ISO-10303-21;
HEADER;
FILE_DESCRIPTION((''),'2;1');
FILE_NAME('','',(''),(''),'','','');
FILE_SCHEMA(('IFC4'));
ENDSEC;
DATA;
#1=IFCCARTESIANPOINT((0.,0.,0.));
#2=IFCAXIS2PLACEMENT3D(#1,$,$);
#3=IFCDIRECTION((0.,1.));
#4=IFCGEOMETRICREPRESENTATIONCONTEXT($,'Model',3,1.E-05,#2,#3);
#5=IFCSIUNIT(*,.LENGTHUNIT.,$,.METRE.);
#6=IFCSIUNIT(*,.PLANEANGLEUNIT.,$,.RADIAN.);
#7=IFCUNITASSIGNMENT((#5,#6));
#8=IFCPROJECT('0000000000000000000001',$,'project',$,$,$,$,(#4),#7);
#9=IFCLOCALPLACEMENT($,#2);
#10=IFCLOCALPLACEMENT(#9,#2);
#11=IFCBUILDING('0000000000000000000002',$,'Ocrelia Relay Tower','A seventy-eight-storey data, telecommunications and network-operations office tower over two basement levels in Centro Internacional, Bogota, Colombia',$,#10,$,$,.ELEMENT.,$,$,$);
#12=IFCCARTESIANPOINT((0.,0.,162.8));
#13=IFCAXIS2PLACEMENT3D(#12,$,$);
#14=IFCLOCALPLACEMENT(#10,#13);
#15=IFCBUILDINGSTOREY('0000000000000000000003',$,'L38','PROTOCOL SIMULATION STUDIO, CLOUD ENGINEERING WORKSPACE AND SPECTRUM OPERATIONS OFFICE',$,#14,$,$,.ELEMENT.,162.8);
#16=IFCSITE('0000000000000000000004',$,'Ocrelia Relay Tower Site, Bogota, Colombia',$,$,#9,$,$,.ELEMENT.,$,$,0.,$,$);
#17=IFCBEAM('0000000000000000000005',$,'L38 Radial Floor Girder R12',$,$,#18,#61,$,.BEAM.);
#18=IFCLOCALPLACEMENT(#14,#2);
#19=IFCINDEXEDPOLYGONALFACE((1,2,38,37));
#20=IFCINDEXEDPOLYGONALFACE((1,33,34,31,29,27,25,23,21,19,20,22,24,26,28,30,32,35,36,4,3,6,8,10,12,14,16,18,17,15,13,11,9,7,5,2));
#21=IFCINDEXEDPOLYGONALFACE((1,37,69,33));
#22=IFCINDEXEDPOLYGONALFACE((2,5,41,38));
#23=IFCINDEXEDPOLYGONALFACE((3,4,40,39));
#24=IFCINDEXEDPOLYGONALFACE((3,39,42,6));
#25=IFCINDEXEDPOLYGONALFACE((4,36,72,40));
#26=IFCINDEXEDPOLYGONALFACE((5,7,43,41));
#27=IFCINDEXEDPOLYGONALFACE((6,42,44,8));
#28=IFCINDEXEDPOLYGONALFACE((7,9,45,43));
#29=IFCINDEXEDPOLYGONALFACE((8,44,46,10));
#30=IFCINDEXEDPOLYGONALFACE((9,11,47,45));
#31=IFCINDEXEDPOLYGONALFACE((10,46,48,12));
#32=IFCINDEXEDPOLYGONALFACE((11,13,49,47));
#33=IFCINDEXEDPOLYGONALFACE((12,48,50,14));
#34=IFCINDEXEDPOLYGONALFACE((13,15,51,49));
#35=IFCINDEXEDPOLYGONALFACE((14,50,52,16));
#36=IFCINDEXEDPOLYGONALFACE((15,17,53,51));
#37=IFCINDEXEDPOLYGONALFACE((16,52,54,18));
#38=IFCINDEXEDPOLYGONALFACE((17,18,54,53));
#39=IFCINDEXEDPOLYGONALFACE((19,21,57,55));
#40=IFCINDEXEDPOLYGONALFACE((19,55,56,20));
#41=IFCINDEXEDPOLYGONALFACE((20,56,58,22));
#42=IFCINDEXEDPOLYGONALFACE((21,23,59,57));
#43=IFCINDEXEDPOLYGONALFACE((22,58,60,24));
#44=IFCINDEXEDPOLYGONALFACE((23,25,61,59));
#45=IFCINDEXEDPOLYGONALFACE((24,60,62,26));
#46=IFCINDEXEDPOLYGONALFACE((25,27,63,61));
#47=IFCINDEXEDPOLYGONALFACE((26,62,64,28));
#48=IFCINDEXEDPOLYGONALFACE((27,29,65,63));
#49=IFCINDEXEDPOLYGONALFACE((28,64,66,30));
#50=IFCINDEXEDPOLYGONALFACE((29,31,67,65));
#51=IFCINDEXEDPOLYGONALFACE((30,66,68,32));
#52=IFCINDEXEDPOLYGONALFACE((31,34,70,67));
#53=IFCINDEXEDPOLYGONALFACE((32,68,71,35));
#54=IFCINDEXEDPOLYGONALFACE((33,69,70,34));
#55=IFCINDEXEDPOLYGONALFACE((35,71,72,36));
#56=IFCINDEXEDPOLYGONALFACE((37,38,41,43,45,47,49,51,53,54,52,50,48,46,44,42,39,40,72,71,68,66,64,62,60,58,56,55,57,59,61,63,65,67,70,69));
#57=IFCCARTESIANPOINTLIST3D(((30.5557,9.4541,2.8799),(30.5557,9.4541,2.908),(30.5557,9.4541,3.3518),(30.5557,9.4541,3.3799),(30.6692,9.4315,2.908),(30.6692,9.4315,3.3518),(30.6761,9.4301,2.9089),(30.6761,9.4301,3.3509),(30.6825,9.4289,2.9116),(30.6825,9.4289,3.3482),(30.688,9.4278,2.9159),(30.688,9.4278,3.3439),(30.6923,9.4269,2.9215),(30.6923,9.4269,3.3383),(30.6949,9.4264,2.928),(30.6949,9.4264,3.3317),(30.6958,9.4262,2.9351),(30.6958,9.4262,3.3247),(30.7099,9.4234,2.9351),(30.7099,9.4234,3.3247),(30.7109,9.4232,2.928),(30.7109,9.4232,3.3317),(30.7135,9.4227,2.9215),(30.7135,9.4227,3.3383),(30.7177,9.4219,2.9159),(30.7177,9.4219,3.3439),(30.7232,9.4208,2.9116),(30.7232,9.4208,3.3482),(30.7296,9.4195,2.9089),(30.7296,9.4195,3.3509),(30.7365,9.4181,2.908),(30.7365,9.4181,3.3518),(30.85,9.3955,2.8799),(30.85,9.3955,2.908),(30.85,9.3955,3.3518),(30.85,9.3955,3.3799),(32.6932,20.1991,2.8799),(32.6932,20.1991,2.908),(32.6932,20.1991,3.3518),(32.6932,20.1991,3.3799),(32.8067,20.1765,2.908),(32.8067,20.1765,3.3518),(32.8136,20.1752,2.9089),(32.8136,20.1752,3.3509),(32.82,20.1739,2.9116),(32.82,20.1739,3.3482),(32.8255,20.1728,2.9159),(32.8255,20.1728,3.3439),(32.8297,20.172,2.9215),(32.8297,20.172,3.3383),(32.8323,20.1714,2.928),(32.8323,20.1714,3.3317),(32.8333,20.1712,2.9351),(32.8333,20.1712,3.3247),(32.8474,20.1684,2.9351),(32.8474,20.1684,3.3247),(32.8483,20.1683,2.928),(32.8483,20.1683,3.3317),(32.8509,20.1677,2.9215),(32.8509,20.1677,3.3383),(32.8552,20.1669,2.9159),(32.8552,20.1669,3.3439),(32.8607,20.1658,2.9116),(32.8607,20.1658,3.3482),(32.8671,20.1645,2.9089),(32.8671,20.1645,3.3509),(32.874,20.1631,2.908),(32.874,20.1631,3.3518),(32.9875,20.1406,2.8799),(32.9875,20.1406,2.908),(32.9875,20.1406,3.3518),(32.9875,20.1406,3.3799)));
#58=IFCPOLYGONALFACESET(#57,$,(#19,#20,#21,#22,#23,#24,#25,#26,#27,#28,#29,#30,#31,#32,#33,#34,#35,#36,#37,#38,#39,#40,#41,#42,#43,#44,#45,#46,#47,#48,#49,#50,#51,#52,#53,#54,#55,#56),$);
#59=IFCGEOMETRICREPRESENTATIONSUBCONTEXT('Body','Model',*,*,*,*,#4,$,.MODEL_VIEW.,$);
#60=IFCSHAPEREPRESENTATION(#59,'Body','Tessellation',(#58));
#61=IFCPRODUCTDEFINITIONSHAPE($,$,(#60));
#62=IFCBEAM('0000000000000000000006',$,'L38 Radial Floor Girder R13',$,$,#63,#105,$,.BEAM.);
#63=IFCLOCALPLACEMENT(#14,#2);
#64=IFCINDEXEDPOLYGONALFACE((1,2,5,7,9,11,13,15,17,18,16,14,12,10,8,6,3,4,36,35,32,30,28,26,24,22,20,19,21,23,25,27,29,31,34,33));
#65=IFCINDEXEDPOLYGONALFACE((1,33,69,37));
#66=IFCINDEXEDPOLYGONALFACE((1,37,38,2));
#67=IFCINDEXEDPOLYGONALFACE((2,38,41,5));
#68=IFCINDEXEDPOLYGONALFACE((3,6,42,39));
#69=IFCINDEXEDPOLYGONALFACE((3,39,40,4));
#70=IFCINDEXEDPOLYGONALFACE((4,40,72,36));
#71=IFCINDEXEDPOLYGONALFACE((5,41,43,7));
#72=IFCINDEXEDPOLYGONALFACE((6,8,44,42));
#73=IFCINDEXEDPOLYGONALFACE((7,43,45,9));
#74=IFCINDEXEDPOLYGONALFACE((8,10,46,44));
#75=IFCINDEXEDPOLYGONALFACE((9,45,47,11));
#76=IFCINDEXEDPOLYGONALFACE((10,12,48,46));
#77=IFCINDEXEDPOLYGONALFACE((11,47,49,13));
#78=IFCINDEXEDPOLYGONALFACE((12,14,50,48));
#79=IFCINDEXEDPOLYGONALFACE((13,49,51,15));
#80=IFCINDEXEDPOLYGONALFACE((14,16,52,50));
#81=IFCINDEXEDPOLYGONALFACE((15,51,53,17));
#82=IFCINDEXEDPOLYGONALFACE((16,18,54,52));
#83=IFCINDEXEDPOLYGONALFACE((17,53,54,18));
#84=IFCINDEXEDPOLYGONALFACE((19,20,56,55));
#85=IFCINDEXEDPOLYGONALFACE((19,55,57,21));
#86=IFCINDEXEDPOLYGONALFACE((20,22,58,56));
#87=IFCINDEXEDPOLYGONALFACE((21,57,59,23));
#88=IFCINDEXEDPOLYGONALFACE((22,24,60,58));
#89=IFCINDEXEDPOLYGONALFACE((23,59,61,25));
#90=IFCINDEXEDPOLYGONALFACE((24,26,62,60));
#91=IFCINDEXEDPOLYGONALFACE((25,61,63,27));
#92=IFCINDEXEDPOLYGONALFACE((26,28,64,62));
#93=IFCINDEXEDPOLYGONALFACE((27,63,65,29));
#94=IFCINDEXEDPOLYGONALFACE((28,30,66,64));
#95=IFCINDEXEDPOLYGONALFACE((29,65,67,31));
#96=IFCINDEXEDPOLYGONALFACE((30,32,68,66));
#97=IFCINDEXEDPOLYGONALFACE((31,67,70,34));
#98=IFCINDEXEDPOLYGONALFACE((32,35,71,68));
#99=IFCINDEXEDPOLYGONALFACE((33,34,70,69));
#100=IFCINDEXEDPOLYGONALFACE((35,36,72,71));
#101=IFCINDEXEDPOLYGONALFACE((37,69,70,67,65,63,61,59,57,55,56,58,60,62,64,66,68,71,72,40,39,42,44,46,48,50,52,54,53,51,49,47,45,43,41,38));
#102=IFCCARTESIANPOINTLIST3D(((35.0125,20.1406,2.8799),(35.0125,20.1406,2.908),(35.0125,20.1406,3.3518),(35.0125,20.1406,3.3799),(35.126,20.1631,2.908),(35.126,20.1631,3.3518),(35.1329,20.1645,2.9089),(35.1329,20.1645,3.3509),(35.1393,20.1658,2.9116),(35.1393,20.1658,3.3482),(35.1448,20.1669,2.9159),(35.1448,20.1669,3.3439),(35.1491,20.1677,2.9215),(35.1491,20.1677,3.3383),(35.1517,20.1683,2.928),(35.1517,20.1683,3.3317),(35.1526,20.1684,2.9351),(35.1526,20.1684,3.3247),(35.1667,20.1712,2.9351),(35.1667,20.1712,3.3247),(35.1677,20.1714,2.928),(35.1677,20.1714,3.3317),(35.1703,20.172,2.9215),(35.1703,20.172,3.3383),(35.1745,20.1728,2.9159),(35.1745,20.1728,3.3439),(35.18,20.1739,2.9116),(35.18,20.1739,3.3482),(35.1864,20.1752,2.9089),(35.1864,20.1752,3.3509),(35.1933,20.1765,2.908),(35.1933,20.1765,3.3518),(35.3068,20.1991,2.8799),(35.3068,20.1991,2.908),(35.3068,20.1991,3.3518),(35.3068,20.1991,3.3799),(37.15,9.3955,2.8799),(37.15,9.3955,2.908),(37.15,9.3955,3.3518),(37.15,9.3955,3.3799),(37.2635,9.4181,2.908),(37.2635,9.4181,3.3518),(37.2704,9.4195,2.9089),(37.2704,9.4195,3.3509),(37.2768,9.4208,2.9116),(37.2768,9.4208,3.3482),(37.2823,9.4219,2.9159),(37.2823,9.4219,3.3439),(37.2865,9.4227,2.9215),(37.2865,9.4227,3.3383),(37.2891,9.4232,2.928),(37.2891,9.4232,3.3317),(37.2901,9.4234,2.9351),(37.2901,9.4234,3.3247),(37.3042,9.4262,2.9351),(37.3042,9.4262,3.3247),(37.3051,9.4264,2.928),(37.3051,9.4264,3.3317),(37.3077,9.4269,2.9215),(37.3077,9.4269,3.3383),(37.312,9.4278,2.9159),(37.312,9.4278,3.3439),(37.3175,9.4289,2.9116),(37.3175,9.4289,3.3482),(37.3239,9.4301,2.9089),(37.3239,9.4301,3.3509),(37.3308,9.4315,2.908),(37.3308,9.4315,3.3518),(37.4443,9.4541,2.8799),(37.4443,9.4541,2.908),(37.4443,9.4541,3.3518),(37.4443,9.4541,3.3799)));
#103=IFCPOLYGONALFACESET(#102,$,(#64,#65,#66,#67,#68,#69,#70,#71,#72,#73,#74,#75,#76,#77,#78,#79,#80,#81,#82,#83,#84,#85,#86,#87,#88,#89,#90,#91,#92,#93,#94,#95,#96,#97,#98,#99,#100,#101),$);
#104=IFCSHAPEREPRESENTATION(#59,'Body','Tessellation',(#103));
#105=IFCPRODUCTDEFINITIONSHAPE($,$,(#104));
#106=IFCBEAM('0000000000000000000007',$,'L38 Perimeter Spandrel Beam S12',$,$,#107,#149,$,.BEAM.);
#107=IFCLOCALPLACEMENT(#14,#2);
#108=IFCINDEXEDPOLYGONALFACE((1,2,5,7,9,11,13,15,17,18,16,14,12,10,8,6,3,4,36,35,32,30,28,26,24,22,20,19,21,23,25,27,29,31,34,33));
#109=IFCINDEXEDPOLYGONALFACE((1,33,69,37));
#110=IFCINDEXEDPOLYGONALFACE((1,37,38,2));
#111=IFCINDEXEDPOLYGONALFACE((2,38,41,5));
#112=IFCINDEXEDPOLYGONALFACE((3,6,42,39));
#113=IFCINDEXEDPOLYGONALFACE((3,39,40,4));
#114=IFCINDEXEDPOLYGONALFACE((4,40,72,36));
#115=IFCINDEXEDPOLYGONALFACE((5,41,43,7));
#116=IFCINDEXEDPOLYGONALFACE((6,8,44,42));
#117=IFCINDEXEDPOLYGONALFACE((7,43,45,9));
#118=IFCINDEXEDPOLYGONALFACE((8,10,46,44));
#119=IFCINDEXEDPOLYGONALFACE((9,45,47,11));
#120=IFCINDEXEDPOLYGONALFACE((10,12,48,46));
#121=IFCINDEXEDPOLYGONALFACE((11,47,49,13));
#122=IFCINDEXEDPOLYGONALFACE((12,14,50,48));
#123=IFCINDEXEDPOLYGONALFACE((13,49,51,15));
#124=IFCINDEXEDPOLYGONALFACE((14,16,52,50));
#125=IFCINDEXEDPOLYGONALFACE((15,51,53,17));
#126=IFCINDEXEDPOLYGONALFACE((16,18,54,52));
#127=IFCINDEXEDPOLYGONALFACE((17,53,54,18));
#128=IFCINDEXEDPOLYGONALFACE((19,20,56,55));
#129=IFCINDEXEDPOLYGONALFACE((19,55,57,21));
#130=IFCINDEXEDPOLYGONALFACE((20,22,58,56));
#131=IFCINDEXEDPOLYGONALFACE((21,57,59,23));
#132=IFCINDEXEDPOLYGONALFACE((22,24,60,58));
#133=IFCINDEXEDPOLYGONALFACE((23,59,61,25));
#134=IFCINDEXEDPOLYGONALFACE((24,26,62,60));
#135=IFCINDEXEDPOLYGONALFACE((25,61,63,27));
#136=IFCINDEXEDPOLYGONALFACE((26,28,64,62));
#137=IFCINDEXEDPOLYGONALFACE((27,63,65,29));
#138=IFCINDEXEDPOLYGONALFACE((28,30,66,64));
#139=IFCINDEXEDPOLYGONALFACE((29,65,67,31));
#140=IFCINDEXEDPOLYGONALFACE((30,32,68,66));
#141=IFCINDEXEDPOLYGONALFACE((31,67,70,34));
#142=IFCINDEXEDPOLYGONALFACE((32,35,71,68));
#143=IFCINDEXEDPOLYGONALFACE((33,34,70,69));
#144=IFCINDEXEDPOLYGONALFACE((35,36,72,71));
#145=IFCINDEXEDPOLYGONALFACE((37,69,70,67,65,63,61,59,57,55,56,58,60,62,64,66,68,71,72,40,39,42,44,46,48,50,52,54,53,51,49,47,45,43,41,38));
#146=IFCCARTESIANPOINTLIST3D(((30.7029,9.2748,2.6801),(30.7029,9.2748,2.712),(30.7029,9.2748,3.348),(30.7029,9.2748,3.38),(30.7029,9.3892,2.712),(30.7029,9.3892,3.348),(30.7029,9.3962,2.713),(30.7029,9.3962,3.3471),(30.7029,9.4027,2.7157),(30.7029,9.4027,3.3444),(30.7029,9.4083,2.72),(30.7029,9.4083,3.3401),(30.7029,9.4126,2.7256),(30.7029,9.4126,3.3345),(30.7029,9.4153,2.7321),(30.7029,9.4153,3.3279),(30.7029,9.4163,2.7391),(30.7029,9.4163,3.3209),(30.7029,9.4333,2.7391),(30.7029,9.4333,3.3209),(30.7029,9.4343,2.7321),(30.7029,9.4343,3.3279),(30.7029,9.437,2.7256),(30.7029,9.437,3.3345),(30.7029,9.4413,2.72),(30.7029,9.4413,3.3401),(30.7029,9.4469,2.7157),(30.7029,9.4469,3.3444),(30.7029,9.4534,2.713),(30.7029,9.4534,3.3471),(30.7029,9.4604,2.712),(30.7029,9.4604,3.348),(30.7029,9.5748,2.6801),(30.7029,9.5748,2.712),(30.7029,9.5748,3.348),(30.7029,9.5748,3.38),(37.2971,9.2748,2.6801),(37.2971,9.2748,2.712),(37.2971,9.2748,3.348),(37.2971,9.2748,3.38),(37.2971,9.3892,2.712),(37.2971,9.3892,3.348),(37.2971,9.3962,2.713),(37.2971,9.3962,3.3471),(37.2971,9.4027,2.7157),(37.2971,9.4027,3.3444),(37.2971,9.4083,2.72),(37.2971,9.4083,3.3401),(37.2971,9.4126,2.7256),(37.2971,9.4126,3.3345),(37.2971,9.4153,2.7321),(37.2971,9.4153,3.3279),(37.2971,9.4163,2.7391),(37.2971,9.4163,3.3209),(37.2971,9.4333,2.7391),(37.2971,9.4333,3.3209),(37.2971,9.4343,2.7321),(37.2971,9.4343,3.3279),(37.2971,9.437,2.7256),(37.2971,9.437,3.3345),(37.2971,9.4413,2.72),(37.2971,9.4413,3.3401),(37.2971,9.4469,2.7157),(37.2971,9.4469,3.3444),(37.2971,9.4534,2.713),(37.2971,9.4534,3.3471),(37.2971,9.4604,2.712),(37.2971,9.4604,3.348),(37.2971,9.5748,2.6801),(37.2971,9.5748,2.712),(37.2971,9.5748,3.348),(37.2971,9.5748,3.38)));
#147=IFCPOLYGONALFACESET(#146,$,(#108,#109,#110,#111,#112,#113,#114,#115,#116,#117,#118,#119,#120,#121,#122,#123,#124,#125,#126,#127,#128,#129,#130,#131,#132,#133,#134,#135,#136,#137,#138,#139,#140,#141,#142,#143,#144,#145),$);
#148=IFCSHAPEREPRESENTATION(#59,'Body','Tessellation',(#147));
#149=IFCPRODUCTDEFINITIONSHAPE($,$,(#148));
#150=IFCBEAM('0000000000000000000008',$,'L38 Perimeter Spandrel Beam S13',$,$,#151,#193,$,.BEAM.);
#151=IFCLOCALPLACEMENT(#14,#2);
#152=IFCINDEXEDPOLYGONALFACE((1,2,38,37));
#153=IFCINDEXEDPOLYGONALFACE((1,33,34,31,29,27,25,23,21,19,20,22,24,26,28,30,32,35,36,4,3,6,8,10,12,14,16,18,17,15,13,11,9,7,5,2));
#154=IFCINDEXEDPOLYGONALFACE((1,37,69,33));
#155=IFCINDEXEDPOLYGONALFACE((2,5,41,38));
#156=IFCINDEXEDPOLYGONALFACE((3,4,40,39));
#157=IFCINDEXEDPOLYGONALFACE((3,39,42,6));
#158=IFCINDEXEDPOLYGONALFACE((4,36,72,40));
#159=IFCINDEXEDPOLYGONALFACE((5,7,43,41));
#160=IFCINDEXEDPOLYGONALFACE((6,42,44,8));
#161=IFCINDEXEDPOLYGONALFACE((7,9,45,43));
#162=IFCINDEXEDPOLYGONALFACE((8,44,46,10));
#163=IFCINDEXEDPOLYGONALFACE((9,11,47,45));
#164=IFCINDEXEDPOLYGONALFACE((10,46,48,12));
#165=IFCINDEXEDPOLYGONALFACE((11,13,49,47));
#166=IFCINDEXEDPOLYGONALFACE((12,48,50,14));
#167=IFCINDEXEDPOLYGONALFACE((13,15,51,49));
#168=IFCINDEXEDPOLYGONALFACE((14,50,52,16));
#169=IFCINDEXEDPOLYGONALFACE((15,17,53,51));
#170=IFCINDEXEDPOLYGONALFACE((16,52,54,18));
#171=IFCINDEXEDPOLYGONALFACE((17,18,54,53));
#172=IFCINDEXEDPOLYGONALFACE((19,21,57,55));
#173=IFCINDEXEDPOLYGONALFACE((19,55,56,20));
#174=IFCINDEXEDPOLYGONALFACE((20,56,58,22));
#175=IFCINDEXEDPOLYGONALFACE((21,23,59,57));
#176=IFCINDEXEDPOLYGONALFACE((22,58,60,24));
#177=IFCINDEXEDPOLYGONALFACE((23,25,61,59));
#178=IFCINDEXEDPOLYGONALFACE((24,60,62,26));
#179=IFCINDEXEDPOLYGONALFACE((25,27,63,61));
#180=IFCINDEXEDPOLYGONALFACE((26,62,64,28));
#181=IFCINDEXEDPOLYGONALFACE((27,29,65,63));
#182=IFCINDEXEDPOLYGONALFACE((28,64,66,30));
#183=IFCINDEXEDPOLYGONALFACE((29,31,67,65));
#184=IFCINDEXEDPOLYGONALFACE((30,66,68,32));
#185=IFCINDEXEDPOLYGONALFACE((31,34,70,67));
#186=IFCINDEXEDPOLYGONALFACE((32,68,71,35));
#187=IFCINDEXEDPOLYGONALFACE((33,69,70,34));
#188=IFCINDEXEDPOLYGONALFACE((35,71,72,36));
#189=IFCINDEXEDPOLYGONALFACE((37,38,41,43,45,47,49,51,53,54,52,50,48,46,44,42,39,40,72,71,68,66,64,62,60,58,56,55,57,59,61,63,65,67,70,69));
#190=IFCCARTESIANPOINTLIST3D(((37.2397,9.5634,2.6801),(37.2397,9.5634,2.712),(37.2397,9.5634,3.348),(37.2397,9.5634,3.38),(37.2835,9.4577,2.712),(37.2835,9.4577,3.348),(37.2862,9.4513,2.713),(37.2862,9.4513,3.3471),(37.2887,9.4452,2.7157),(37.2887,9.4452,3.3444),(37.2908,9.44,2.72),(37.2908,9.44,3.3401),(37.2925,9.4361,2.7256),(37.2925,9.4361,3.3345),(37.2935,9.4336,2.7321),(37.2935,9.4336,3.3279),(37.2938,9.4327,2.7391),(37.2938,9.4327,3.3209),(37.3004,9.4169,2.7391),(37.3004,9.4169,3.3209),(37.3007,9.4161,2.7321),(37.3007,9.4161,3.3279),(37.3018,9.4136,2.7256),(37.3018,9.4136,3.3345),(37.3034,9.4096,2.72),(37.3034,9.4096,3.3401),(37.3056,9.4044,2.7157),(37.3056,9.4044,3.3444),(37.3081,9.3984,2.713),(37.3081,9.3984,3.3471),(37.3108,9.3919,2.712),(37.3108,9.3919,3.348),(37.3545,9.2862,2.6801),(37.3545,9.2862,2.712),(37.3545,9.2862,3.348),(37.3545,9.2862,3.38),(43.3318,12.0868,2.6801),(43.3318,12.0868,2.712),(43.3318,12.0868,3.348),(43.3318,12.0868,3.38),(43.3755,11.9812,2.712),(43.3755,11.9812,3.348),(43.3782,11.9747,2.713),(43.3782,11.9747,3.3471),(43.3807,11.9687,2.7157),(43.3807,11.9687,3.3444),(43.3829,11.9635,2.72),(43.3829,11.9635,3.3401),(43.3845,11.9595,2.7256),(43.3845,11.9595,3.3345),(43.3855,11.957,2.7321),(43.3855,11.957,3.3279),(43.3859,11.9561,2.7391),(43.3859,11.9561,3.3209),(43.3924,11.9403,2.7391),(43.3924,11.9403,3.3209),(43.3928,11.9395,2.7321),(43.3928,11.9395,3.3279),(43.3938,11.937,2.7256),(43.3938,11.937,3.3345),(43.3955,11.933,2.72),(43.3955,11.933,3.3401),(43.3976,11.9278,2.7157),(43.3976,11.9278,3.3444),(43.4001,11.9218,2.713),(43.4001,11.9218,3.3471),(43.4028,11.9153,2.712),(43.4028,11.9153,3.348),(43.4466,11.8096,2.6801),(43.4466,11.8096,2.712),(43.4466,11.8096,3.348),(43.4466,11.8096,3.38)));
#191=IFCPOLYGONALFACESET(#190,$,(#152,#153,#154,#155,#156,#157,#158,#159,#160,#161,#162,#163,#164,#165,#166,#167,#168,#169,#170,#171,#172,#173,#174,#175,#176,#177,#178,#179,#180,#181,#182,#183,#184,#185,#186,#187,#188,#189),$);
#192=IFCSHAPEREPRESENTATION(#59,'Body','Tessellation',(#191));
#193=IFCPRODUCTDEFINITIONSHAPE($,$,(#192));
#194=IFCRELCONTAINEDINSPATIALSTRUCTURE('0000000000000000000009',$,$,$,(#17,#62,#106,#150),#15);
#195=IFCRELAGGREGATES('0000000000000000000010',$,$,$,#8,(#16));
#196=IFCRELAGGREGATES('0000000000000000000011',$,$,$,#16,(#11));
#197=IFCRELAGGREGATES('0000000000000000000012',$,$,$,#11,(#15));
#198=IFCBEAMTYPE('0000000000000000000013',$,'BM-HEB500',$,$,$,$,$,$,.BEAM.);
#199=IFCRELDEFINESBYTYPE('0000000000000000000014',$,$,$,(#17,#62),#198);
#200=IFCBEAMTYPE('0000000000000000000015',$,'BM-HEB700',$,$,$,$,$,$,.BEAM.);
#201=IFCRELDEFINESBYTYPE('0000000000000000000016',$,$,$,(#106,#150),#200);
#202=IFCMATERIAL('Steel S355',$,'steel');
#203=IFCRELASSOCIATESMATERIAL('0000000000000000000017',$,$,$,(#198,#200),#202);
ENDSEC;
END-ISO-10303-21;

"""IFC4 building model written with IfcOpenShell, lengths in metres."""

from ifc_helpers import new_model, si_unit, direction, frame, origin, origin_2d, place, context, subcontext, project, spatial, i_section, extrude, material, material_profile, profile_set, type_object, element, save


model = new_model("IFC4")

# Units and contexts
model_context = context("Model", 3, precision=1e-05, world=origin(), true_north=direction((0.0, 1.0)))
body_context = subcontext(model_context, "Body", "Model", "MODEL_VIEW")
ifc_project = project(units=[si_unit("LENGTHUNIT", "METRE"), si_unit("PLANEANGLEUNIT", "RADIAN")], contexts=[model_context])

# Site, building, storey
site_placement = place(None, origin())
site = spatial("IfcSite", under=ifc_project, at=site_placement, Name="Ocrelia Relay Tower Site, Bogota, Colombia", CompositionType="ELEMENT", RefElevation=0.0)
building_placement = place(site_placement, origin())
building = spatial("IfcBuilding", under=site, at=building_placement, Name="Ocrelia Relay Tower", Description="A seventy-eight-storey data, telecommunications and network-operations office tower over two basement levels in Centro Internacional, Bogota, Colombia", CompositionType="ELEMENT")
storey_placement = place(building_placement, frame((0.0, 0.0, 162.8)))
storey = spatial("IfcBuildingStorey", under=building, at=storey_placement, Name="L38", Description="PROTOCOL SIMULATION STUDIO, CLOUD ENGINEERING WORKSPACE AND SPECTRUM OPERATIONS OFFICE", CompositionType="ELEMENT", Elevation=162.8)

# Beams
ifc_material_1 = material(Name="Steel S355", Category="steel")
ifc_material_profile_1 = material_profile(ifc_material_1, i_section(OverallWidth=0.3, OverallDepth=0.5, WebThickness=0.0144, FlangeThickness=0.0281, FilletRadius=0.0271, at=origin_2d()), Name="HEB 500")
ifc_profile_set_1 = profile_set([ifc_material_profile_1], Name="Steel S355")
beam_type_1 = type_object("IfcBeamType", Name="BM-HEB500", PredefinedType="BEAM", material=ifc_profile_set_1)
for number, where, z_axis, x_axis, name in (
    (1, (30.7029, 9.4248, 3.1299), (0.1951, 0.980783, 0.0), (-0.980783, 0.1951, 0.0), "L38 Radial Floor Girder R12"),
    (2, (37.2971, 9.4248, 3.1299), (-0.1951, 0.980783, 0.0), (-0.980783, -0.1951, 0.0), "L38 Radial Floor Girder R13"),
):
    element("IfcBeam", number, at=place(storey_placement, frame(where, z_axis=z_axis, x_axis=x_axis)), inside=storey, type_object=beam_type_1, Name=name, PredefinedType="BEAM", context=body_context, shape_type="SweptSolid", body=[
        extrude(i_section(OverallWidth=0.3, OverallDepth=0.5, WebThickness=0.0144, FlangeThickness=0.0281, FilletRadius=0.0271, at=origin_2d()), origin(), (0.0, 0.0, 1.0), 10.9556),
    ])
ifc_material_profile_2 = material_profile(ifc_material_1, i_section(OverallWidth=0.3, OverallDepth=0.7, WebThickness=0.0171, FlangeThickness=0.032, FilletRadius=0.0271, at=origin_2d()), Name="HEB 700")
ifc_profile_set_2 = profile_set([ifc_material_profile_2], Name="Steel S355")
beam_type_2 = type_object("IfcBeamType", Name="BM-HEB700", PredefinedType="BEAM", material=ifc_profile_set_2)
beam_1_placement = place(storey_placement, frame((30.7029, 9.4248, 3.03), z_axis=(1.0, 0.0, 0.0), x_axis=(0.0, 1.0, 0.0)))
element("IfcBeam", 3, at=beam_1_placement, inside=storey, type_object=beam_type_2, Name="L38 Perimeter Spandrel Beam S12", PredefinedType="BEAM", context=body_context, shape_type="SweptSolid", body=[
    extrude(i_section(OverallWidth=0.3, OverallDepth=0.7, WebThickness=0.0171, FlangeThickness=0.032, FilletRadius=0.0271, at=origin_2d()), origin(), (0.0, 0.0, 1.0), 6.5942),
])
beam_2_placement = place(storey_placement, frame((37.2971, 9.4248, 3.03), z_axis=(0.923878, 0.382688, 0.0), x_axis=(-0.382688, 0.923878, 0.0)))
element("IfcBeam", 4, at=beam_2_placement, inside=storey, type_object=beam_type_2, Name="L38 Perimeter Spandrel Beam S13", PredefinedType="BEAM", context=body_context, shape_type="SweptSolid", body=[
    extrude(i_section(OverallWidth=0.3, OverallDepth=0.7, WebThickness=0.0171, FlangeThickness=0.032, FilletRadius=0.0271, at=origin_2d()), origin(), (0.0, 0.0, 1.0), 6.594),
])

save(model, "model.ifc")
